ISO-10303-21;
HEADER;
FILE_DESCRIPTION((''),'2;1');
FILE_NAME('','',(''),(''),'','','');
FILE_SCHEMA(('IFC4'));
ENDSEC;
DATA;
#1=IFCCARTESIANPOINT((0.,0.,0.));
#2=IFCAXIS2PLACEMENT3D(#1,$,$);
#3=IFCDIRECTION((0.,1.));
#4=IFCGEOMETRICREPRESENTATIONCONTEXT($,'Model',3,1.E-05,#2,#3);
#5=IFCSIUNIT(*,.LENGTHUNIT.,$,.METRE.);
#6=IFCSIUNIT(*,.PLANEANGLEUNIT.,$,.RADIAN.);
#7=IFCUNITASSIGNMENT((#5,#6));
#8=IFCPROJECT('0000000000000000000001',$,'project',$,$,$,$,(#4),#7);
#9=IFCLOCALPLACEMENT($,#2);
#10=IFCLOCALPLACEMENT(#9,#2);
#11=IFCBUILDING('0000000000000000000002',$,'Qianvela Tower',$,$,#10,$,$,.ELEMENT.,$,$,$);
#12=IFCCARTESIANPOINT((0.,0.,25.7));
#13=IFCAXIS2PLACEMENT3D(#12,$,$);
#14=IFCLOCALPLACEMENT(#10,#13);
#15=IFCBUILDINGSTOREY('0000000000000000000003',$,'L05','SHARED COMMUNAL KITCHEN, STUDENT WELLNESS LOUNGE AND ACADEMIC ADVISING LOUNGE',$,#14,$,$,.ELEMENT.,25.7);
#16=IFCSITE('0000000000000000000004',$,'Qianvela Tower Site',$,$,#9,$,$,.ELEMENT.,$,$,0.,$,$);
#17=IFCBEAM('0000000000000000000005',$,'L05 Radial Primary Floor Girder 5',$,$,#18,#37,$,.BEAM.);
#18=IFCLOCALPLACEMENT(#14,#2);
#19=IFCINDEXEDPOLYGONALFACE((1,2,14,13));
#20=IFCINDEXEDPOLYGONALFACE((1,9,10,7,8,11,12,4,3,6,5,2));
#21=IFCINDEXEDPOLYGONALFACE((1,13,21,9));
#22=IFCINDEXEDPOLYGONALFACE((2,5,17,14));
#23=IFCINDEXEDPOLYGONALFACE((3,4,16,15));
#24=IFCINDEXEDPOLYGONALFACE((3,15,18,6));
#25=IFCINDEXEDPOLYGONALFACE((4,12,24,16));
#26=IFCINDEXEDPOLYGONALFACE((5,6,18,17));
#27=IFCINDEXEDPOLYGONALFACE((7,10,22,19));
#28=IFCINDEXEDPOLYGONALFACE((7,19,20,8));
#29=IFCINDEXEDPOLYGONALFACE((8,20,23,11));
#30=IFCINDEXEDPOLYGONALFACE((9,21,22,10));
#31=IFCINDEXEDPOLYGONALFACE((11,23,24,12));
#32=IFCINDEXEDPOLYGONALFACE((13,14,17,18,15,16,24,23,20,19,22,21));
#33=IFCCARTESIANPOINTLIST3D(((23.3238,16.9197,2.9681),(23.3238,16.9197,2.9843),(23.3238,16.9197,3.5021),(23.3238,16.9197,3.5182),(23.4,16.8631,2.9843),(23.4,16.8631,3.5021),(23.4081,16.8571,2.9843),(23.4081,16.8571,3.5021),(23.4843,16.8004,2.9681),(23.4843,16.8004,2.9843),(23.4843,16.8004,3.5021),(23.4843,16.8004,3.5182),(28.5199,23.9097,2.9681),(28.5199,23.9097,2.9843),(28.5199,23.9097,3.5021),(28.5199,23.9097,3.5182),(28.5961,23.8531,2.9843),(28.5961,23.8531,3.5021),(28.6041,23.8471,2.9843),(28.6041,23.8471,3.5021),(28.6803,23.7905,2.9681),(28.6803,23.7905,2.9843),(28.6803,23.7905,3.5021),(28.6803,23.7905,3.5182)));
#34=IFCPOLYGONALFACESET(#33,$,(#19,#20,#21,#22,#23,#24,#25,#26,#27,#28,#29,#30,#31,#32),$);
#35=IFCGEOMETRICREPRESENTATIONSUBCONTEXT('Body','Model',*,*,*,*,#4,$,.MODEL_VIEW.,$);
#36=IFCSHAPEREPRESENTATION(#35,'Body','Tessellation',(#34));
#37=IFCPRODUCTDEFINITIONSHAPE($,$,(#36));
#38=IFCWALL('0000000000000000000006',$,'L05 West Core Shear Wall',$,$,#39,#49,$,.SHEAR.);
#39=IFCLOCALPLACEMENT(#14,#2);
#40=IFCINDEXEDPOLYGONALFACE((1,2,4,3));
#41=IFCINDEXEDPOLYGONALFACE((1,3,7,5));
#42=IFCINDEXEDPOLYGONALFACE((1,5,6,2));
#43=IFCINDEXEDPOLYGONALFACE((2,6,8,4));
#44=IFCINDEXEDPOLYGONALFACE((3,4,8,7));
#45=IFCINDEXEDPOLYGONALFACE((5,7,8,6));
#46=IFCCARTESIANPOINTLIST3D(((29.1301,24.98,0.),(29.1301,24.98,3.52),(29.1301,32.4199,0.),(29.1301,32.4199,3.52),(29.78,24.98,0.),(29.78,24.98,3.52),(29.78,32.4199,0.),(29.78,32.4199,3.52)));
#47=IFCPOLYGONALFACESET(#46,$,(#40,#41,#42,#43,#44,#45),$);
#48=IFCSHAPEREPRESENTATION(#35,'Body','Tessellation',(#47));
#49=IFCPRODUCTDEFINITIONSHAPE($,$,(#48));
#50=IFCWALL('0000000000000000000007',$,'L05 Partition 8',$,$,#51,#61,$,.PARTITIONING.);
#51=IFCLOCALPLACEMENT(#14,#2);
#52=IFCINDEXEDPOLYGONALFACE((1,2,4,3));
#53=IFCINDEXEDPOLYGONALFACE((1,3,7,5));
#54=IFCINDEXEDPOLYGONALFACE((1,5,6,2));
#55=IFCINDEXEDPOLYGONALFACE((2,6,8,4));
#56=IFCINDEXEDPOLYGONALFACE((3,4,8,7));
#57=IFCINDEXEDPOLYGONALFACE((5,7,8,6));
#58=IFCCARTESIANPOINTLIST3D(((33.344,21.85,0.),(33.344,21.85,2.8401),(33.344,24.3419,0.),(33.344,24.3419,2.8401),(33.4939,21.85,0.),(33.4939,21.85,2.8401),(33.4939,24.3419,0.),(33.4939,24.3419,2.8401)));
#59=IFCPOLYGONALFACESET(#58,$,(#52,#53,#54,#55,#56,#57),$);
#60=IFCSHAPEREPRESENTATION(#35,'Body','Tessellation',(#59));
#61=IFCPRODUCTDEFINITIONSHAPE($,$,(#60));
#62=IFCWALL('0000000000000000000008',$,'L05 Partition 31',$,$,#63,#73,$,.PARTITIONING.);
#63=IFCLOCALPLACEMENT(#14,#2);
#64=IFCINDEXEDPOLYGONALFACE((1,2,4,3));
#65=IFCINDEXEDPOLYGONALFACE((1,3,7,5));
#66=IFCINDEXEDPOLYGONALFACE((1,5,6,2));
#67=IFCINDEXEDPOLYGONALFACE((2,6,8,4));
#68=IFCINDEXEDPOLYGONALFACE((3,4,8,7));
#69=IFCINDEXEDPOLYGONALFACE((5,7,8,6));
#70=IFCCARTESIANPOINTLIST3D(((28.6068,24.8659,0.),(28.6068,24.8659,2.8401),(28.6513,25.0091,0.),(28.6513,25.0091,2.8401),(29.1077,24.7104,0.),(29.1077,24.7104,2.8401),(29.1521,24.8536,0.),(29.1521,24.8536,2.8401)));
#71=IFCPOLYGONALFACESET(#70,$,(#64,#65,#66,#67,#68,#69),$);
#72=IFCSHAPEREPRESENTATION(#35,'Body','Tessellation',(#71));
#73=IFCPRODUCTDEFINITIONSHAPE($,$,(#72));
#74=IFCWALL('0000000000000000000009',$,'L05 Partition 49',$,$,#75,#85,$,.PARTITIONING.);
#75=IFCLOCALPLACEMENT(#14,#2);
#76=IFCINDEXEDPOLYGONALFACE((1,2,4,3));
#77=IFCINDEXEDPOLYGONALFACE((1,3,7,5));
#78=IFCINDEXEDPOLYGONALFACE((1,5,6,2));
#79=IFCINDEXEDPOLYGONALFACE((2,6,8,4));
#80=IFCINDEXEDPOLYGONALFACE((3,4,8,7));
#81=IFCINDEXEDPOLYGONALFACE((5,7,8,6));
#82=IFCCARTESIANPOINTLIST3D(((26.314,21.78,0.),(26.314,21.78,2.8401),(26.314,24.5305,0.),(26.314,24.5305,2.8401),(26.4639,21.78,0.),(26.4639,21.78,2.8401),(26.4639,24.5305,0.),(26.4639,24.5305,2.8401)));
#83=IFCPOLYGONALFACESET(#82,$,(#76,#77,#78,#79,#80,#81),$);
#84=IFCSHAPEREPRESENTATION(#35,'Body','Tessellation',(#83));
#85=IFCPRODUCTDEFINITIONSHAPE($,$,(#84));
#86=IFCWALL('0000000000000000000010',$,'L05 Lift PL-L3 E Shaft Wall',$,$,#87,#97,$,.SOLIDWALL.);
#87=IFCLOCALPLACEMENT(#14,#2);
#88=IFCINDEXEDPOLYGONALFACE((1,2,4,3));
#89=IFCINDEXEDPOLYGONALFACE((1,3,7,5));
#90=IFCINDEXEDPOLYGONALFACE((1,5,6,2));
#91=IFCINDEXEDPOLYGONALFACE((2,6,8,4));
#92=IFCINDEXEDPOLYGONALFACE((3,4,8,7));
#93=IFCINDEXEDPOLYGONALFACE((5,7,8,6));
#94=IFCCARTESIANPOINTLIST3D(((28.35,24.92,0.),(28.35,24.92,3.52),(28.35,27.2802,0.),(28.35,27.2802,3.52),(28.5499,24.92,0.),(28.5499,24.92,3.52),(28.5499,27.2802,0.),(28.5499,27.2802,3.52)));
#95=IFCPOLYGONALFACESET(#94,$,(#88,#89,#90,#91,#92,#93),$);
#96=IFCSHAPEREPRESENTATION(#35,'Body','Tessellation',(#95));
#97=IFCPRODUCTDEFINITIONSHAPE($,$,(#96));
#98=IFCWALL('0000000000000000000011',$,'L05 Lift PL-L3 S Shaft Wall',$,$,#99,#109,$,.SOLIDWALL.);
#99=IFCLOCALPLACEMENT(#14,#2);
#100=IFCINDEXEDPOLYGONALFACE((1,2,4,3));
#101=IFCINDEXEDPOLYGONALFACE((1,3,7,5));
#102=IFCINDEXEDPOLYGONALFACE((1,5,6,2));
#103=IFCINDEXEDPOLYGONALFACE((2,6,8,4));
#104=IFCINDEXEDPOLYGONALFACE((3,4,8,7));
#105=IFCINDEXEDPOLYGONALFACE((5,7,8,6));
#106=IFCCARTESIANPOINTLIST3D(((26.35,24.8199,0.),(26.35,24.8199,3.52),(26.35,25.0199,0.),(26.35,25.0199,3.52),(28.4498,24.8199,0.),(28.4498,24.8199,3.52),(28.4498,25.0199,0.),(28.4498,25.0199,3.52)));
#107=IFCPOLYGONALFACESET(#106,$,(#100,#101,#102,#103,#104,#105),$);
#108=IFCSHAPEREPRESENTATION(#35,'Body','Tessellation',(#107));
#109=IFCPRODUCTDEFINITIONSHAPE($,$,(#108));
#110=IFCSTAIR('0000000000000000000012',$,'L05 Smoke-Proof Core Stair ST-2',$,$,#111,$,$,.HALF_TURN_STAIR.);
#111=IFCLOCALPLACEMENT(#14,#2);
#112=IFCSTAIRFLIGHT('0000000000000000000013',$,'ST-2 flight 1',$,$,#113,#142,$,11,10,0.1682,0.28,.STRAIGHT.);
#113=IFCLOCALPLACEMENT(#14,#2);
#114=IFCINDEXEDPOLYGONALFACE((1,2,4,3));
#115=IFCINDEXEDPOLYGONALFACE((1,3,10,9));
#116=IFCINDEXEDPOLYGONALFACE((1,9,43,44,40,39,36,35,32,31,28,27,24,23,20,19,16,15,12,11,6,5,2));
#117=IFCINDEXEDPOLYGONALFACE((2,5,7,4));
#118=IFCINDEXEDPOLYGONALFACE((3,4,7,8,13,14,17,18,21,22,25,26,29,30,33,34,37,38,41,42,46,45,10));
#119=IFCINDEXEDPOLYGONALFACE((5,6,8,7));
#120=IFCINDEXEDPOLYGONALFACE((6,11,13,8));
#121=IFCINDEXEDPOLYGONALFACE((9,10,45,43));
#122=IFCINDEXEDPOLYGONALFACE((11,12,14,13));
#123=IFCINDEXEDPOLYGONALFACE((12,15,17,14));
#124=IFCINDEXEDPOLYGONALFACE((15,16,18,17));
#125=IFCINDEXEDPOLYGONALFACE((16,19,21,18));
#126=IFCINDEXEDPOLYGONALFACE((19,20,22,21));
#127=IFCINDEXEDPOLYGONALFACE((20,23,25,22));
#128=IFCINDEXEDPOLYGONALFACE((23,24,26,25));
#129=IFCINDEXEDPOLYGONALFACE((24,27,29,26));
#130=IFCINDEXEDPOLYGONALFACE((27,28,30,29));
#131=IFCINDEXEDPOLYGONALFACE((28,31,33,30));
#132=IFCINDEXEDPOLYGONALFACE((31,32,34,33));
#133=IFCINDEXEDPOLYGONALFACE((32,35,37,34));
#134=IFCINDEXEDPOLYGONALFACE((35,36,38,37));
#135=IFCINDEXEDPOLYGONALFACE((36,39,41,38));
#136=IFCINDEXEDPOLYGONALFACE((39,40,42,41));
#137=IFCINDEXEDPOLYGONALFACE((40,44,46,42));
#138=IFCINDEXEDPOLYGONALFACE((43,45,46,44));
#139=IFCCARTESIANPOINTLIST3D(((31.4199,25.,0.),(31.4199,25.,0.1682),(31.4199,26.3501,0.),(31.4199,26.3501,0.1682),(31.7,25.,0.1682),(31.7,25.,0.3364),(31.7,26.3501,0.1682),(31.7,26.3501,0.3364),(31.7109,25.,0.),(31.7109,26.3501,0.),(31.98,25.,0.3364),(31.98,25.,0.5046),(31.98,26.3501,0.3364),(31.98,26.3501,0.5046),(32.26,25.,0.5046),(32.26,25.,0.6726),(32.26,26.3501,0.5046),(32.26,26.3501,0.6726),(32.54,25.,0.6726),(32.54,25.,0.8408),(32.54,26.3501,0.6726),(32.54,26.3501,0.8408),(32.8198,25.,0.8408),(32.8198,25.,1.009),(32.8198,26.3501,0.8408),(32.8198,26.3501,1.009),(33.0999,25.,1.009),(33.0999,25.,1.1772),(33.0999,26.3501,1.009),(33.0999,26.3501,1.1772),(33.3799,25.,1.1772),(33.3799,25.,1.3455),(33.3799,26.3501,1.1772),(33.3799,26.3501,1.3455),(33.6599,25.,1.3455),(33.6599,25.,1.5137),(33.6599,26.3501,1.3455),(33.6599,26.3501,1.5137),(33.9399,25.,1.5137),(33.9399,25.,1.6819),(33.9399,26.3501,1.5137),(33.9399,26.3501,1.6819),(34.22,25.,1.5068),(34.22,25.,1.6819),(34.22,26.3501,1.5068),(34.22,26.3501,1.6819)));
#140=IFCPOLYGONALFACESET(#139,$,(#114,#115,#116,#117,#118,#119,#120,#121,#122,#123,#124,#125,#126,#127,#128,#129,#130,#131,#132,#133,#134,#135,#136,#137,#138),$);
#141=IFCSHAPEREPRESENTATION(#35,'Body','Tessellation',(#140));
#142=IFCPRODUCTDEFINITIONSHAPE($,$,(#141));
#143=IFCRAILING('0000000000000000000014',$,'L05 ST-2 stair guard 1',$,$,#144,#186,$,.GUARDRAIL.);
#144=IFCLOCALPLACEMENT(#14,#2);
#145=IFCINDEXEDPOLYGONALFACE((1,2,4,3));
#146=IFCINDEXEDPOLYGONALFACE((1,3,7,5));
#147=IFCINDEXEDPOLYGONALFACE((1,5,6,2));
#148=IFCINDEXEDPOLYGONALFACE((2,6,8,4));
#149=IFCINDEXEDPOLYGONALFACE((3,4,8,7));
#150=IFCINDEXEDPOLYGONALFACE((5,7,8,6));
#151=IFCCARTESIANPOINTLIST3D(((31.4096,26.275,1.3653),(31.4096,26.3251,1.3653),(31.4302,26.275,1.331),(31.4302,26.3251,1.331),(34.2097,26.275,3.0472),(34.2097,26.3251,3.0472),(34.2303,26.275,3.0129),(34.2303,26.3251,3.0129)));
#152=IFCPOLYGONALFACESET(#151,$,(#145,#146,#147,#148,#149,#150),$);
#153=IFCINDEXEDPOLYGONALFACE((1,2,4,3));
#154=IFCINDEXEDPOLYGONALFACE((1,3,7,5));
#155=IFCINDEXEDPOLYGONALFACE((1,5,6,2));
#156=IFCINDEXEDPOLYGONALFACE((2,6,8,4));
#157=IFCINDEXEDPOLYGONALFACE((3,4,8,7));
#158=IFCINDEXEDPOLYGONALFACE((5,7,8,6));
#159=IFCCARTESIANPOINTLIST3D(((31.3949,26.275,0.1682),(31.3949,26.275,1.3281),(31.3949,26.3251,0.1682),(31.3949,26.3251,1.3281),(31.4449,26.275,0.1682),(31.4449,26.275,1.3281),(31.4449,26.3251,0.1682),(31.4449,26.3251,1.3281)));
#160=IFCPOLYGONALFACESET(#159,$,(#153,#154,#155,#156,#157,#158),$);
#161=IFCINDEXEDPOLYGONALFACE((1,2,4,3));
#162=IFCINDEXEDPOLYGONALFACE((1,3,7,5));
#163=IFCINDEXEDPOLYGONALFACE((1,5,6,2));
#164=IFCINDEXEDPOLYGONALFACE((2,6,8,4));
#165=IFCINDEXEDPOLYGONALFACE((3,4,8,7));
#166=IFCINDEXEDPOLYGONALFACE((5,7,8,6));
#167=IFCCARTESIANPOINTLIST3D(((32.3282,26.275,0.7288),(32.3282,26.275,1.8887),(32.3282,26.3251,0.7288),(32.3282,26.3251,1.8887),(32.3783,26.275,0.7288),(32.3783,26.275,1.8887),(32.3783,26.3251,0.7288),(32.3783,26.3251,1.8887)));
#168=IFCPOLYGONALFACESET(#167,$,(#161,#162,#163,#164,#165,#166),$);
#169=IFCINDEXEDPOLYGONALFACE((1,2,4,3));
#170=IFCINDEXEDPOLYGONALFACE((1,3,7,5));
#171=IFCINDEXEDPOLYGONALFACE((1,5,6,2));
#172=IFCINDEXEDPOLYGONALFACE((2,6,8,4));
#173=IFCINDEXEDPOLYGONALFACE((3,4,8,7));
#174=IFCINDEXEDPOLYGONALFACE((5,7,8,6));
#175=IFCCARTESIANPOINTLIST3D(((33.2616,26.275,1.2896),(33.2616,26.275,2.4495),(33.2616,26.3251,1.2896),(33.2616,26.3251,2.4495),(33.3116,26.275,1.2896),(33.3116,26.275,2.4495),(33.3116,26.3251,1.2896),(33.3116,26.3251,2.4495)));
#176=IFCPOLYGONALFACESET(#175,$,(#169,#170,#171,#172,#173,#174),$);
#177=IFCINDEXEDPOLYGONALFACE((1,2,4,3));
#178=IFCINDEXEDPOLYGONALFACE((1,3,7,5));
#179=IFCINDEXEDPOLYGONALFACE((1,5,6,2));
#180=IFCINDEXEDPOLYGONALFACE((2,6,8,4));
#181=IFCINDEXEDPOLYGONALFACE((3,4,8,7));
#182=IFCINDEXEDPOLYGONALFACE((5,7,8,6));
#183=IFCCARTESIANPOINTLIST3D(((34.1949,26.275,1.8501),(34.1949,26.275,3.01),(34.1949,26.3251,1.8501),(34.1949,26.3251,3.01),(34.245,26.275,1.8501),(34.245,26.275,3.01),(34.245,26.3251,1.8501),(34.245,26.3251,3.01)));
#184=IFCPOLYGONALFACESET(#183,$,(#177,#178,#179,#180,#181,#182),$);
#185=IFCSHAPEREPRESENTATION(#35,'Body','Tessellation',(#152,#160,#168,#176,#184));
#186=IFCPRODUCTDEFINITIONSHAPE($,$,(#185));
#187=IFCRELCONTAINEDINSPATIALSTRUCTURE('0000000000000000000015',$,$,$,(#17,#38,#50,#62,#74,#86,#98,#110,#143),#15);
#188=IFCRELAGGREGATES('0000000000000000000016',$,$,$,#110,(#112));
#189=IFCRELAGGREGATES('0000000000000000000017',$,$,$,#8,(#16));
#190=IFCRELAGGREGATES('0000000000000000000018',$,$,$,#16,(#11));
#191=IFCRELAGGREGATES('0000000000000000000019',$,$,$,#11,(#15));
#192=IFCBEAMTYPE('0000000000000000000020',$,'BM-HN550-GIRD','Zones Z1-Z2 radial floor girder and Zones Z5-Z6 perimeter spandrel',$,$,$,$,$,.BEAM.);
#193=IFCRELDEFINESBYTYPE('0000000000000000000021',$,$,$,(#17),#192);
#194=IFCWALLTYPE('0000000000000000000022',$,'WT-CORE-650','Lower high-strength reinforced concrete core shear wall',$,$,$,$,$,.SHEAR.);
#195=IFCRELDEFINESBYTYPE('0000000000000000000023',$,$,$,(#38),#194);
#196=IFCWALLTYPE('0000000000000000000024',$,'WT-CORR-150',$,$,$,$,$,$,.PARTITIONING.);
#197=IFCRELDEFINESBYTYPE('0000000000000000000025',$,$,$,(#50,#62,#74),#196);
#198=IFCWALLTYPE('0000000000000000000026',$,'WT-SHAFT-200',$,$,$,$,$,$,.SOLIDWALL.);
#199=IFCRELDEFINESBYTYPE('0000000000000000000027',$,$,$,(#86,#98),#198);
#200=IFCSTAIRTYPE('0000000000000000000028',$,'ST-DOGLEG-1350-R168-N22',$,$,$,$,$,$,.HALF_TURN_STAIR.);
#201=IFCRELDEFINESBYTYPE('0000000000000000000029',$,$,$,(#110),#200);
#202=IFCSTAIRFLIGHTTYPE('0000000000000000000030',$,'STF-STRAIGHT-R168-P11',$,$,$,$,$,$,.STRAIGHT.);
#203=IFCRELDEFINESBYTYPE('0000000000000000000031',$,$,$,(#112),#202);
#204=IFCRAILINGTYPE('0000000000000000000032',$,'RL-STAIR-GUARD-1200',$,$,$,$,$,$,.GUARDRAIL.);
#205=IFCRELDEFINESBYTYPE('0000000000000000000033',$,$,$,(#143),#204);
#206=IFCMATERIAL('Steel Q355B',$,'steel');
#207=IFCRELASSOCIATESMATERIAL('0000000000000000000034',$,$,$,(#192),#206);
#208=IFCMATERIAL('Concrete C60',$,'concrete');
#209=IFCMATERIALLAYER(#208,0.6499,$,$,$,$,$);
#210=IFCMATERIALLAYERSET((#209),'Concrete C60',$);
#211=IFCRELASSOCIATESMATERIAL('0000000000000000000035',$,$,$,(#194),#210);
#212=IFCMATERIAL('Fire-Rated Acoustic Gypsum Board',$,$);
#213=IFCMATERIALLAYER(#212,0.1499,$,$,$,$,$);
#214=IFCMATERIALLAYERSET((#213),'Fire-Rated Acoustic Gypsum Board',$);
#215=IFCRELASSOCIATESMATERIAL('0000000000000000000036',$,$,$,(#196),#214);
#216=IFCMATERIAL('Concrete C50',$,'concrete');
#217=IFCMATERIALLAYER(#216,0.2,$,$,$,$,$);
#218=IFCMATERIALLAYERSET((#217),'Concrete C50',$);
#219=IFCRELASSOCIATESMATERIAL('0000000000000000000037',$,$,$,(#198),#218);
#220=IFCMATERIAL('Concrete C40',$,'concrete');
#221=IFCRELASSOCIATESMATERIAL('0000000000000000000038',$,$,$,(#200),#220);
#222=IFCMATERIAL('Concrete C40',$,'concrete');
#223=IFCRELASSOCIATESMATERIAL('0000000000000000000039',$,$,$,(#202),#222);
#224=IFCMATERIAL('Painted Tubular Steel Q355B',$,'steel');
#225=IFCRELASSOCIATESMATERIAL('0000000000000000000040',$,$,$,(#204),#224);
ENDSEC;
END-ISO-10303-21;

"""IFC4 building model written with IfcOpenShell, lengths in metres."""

from ifc_helpers import new_model, si_unit, direction, frame, frame_2d, origin, origin_2d, place, context, subcontext, project, spatial, polyline, rectangle, i_section, outline, extrude, material, layer, layer_set, material_profile, profile_set, type_object, element, aggregate, save


model = new_model("IFC4")

# Units and contexts
model_context = context("Model", 3, precision=1e-05, world=origin(), true_north=direction((0.0, 1.0)))
body_context = subcontext(model_context, "Body", "Model", "MODEL_VIEW")
ifc_project = project(units=[si_unit("LENGTHUNIT", "METRE"), si_unit("PLANEANGLEUNIT", "RADIAN")], contexts=[model_context])

# Site, building, storey
site_placement = place(None, origin())
site = spatial("IfcSite", under=ifc_project, at=site_placement, Name="Qianvela Tower Site", CompositionType="ELEMENT", RefElevation=0.0)
building_placement = place(site_placement, origin())
building = spatial("IfcBuilding", under=site, at=building_placement, Name="Qianvela Tower", CompositionType="ELEMENT")
storey_placement = place(building_placement, frame((0.0, 0.0, 25.7)))
storey = spatial("IfcBuildingStorey", under=building, at=storey_placement, Name="L05", Description="SHARED COMMUNAL KITCHEN, STUDENT WELLNESS LOUNGE AND ACADEMIC ADVISING LOUNGE", CompositionType="ELEMENT", Elevation=25.7)

# Beam
ifc_material_1 = material(Name="Steel Q355B", Category="steel")
ifc_material_profile_1 = material_profile(ifc_material_1, i_section(OverallWidth=0.2, OverallDepth=0.55, WebThickness=0.01, FlangeThickness=0.0161, at=origin_2d()), Name="HN550x200x10x16")
ifc_profile_set_1 = profile_set([ifc_material_profile_1], Name="Steel Q355B")
beam_type_1 = type_object("IfcBeamType", Name="BM-HN550-GIRD", Description="Zones Z1-Z2 radial floor girder and Zones Z5-Z6 perimeter spandrel", PredefinedType="BEAM", material=ifc_profile_set_1)
beam_1_placement = place(storey_placement, frame((28.6001, 23.8501, 3.2432), z_axis=(-0.596581, -0.802553, 0.0), x_axis=(0.802553, -0.596581, 0.0)))
element("IfcBeam", 1, at=beam_1_placement, inside=storey, type_object=beam_type_1, Name="L05 Radial Primary Floor Girder 5", PredefinedType="BEAM", context=body_context, shape_type="SweptSolid", body=[
    extrude(i_section(OverallWidth=0.2, OverallDepth=0.55, WebThickness=0.01, FlangeThickness=0.0161, at=origin_2d()), origin(), (0.0, 0.0, 1.0), 8.7097),
])

# Shared definitions
ifc_material_2 = material(Name="Concrete C60", Category="concrete")
ifc_layer_1 = layer(ifc_material_2, 0.6499)
ifc_layer_set_1 = layer_set([ifc_layer_1], Name="Concrete C60")
wall_type_1 = type_object("IfcWallType", Name="WT-CORE-650", Description="Lower high-strength reinforced concrete core shear wall", PredefinedType="SHEAR", material=ifc_layer_set_1)

# Wall
wall_1_placement = place(storey_placement, frame((29.4551, 24.98, 0.0), z_axis=(0.0, 0.0, 1.0), x_axis=(0.0, 1.0, 0.0)))
element("IfcWall", 2, at=wall_1_placement, inside=storey, type_object=wall_type_1, Name="L05 West Core Shear Wall", PredefinedType="SHEAR", context=body_context, shape_type="SweptSolid", body=[
    extrude(rectangle(XDim=7.4399, YDim=0.6499, at=frame_2d((3.72, 0.0))), origin(), (0.0, 0.0, 1.0), 3.52),
])

# Shared definitions
ifc_material_3 = material(Name="Fire-Rated Acoustic Gypsum Board")
ifc_layer_2 = layer(ifc_material_3, 0.1499)
ifc_layer_set_2 = layer_set([ifc_layer_2], Name="Fire-Rated Acoustic Gypsum Board")
wall_type_2 = type_object("IfcWallType", Name="WT-CORR-150", PredefinedType="PARTITIONING", material=ifc_layer_set_2)

# Walls
wall_2_placement = place(storey_placement, frame((33.4189, 24.342, 0.0), z_axis=(0.0, 0.0, 1.0), x_axis=(0.0, -1.0, 0.0)))
element("IfcWall", 3, at=wall_2_placement, inside=storey, type_object=wall_type_2, Name="L05 Partition 8", PredefinedType="PARTITIONING", context=body_context, shape_type="SweptSolid", body=[
    extrude(rectangle(XDim=2.4919, YDim=0.1499, at=frame_2d((1.2461, 0.0))), origin(), (0.0, 0.0, 1.0), 2.8401),
])
wall_3_placement = place(storey_placement, frame((29.1299, 24.782, 0.0), z_axis=(0.0, 0.0, 1.0), x_axis=(-0.955, 0.296604, 0.0)))
element("IfcWall", 4, at=wall_3_placement, inside=storey, type_object=wall_type_2, Name="L05 Partition 31", PredefinedType="PARTITIONING", context=body_context, shape_type="SweptSolid", body=[
    extrude(rectangle(XDim=0.5244, YDim=0.1499, at=frame_2d((0.2622, 0.0))), origin(), (0.0, 0.0, 1.0), 2.8401),
])
wall_4_placement = place(storey_placement, frame((26.3889, 24.5305, 0.0), z_axis=(0.0, 0.0, 1.0), x_axis=(0.0, -1.0, 0.0)))
element("IfcWall", 5, at=wall_4_placement, inside=storey, type_object=wall_type_2, Name="L05 Partition 49", PredefinedType="PARTITIONING", context=body_context, shape_type="SweptSolid", body=[
    extrude(rectangle(XDim=2.7505, YDim=0.1499, at=frame_2d((1.3752, 0.0))), origin(), (0.0, 0.0, 1.0), 2.8401),
])
ifc_material_4 = material(Name="Concrete C50", Category="concrete")
ifc_layer_3 = layer(ifc_material_4, 0.2)
ifc_layer_set_3 = layer_set([ifc_layer_3], Name="Concrete C50")
wall_type_3 = type_object("IfcWallType", Name="WT-SHAFT-200", PredefinedType="SOLIDWALL", material=ifc_layer_set_3)
wall_5_placement = place(storey_placement, frame((28.45, 24.9199, 0.0), z_axis=(0.0, 0.0, 1.0), x_axis=(0.0, 1.0, 0.0)))
element("IfcWall", 6, at=wall_5_placement, inside=storey, type_object=wall_type_3, Name="L05 Lift PL-L3 E Shaft Wall", PredefinedType="SOLIDWALL", context=body_context, shape_type="SweptSolid", body=[
    extrude(rectangle(XDim=2.3601, YDim=0.2, at=frame_2d((1.1802, 0.0))), origin(), (0.0, 0.0, 1.0), 3.52),
])

# Wall
wall_6_placement = place(storey_placement, frame((26.3501, 24.9199, 0.0), z_axis=(0.0, 0.0, 1.0), x_axis=(1.0, 0.0, 0.0)))
element("IfcWall", 7, at=wall_6_placement, inside=storey, type_object=wall_type_3, Name="L05 Lift PL-L3 S Shaft Wall", PredefinedType="SOLIDWALL", context=body_context, shape_type="SweptSolid", body=[
    extrude(rectangle(XDim=2.0999, YDim=0.2, at=frame_2d((1.0498, 0.0))), origin(), (0.0, 0.0, 1.0), 3.52),
])

# Stair, stair flight
ifc_material_5 = material(Name="Concrete C40", Category="concrete")
stair_type = type_object("IfcStairType", Name="ST-DOGLEG-1350-R168-N22", PredefinedType="HALF_TURN_STAIR", material=ifc_material_5)
stair_placement = place(storey_placement, origin())
stair = element("IfcStair", 8, at=stair_placement, inside=storey, type_object=stair_type, Name="L05 Smoke-Proof Core Stair ST-2", PredefinedType="HALF_TURN_STAIR")
ifc_material_6 = material(Name="Concrete C40", Category="concrete")
stair_flight_type = type_object("IfcStairFlightType", Name="STF-STRAIGHT-R168-P11", PredefinedType="STRAIGHT", material=ifc_material_6)
stair_flight_placement = place(storey_placement, frame((31.4199, 25.675, 0.0), z_axis=(0.0, 0.0, 1.0), x_axis=(1.0, 0.0, 0.0)))
stair_flight = element("IfcStairFlight", 9, at=stair_flight_placement, type_object=stair_flight_type, Name="ST-2 flight 1", NumberOfRisers=11, NumberOfTreads=10, PredefinedType="STRAIGHT", RiserHeight=0.1682, TreadLength=0.28, context=body_context, shape_type="SweptSolid", body=[
    extrude(outline(polyline([(0.0, 0.0), (0.0, 0.1682), (0.28, 0.1682), (0.28, 0.3364), (0.5601, 0.3364), (0.5601, 0.5046), (0.8401, 0.5046), (0.8401, 0.6726), (1.1201, 0.6726), (1.1201, 0.8408), (1.3999, 0.8408), (1.3999, 1.009), (1.6799, 1.009), (1.6799, 1.1772), (1.96, 1.1772), (1.96, 1.3455), (2.24, 1.3455), (2.24, 1.5137), (2.52, 1.5137), (2.52, 1.6819), (2.8, 1.6819), (2.8, 1.8501), (2.8, 1.5068), (0.291, 0.0), (0.0, 0.0)])), frame((0.0, 0.675, 0.0), z_axis=(0.0, -1.0, 0.0), x_axis=(1.0, 0.0, 0.0)), (0.0, 0.0, 1.0), 1.3501),
])
aggregate(stair, [stair_flight])

# Railing
ifc_material_7 = material(Name="Painted Tubular Steel Q355B", Category="steel")
railing_type_1 = type_object("IfcRailingType", Name="RL-STAIR-GUARD-1200", PredefinedType="GUARDRAIL", material=ifc_material_7)
railing_1_placement = place(storey_placement, frame((31.4199, 26.3, 0.1682)))
element("IfcRailing", 10, at=railing_1_placement, inside=storey, type_object=railing_type_1, Name="L05 ST-2 stair guard 1", PredefinedType="GUARDRAIL", context=body_context, shape_type="SweptSolid", body=[
    extrude(rectangle(XDim=0.05, YDim=0.04, at=origin_2d()), frame((0.0, 0.0, 1.1799), z_axis=(0.857242, 0.0, 0.514913), x_axis=(0.0, 1.0, 0.0)), (0.0, 0.0, 1.0), 3.2664),
    extrude(rectangle(XDim=0.05, YDim=0.05, at=origin_2d()), origin(), (0.0, 0.0, 1.0), 1.1599),
    extrude(rectangle(XDim=0.05, YDim=0.05, at=origin_2d()), frame((0.9333, 0.0, 0.5605)), (0.0, 0.0, 1.0), 1.1599),
    extrude(rectangle(XDim=0.05, YDim=0.05, at=origin_2d()), frame((1.8667, 0.0, 1.1213)), (0.0, 0.0, 1.0), 1.1599),
    extrude(rectangle(XDim=0.05, YDim=0.05, at=origin_2d()), frame((2.8, 0.0, 1.6819)), (0.0, 0.0, 1.0), 1.1599),
])

save(model, "model.ifc")
